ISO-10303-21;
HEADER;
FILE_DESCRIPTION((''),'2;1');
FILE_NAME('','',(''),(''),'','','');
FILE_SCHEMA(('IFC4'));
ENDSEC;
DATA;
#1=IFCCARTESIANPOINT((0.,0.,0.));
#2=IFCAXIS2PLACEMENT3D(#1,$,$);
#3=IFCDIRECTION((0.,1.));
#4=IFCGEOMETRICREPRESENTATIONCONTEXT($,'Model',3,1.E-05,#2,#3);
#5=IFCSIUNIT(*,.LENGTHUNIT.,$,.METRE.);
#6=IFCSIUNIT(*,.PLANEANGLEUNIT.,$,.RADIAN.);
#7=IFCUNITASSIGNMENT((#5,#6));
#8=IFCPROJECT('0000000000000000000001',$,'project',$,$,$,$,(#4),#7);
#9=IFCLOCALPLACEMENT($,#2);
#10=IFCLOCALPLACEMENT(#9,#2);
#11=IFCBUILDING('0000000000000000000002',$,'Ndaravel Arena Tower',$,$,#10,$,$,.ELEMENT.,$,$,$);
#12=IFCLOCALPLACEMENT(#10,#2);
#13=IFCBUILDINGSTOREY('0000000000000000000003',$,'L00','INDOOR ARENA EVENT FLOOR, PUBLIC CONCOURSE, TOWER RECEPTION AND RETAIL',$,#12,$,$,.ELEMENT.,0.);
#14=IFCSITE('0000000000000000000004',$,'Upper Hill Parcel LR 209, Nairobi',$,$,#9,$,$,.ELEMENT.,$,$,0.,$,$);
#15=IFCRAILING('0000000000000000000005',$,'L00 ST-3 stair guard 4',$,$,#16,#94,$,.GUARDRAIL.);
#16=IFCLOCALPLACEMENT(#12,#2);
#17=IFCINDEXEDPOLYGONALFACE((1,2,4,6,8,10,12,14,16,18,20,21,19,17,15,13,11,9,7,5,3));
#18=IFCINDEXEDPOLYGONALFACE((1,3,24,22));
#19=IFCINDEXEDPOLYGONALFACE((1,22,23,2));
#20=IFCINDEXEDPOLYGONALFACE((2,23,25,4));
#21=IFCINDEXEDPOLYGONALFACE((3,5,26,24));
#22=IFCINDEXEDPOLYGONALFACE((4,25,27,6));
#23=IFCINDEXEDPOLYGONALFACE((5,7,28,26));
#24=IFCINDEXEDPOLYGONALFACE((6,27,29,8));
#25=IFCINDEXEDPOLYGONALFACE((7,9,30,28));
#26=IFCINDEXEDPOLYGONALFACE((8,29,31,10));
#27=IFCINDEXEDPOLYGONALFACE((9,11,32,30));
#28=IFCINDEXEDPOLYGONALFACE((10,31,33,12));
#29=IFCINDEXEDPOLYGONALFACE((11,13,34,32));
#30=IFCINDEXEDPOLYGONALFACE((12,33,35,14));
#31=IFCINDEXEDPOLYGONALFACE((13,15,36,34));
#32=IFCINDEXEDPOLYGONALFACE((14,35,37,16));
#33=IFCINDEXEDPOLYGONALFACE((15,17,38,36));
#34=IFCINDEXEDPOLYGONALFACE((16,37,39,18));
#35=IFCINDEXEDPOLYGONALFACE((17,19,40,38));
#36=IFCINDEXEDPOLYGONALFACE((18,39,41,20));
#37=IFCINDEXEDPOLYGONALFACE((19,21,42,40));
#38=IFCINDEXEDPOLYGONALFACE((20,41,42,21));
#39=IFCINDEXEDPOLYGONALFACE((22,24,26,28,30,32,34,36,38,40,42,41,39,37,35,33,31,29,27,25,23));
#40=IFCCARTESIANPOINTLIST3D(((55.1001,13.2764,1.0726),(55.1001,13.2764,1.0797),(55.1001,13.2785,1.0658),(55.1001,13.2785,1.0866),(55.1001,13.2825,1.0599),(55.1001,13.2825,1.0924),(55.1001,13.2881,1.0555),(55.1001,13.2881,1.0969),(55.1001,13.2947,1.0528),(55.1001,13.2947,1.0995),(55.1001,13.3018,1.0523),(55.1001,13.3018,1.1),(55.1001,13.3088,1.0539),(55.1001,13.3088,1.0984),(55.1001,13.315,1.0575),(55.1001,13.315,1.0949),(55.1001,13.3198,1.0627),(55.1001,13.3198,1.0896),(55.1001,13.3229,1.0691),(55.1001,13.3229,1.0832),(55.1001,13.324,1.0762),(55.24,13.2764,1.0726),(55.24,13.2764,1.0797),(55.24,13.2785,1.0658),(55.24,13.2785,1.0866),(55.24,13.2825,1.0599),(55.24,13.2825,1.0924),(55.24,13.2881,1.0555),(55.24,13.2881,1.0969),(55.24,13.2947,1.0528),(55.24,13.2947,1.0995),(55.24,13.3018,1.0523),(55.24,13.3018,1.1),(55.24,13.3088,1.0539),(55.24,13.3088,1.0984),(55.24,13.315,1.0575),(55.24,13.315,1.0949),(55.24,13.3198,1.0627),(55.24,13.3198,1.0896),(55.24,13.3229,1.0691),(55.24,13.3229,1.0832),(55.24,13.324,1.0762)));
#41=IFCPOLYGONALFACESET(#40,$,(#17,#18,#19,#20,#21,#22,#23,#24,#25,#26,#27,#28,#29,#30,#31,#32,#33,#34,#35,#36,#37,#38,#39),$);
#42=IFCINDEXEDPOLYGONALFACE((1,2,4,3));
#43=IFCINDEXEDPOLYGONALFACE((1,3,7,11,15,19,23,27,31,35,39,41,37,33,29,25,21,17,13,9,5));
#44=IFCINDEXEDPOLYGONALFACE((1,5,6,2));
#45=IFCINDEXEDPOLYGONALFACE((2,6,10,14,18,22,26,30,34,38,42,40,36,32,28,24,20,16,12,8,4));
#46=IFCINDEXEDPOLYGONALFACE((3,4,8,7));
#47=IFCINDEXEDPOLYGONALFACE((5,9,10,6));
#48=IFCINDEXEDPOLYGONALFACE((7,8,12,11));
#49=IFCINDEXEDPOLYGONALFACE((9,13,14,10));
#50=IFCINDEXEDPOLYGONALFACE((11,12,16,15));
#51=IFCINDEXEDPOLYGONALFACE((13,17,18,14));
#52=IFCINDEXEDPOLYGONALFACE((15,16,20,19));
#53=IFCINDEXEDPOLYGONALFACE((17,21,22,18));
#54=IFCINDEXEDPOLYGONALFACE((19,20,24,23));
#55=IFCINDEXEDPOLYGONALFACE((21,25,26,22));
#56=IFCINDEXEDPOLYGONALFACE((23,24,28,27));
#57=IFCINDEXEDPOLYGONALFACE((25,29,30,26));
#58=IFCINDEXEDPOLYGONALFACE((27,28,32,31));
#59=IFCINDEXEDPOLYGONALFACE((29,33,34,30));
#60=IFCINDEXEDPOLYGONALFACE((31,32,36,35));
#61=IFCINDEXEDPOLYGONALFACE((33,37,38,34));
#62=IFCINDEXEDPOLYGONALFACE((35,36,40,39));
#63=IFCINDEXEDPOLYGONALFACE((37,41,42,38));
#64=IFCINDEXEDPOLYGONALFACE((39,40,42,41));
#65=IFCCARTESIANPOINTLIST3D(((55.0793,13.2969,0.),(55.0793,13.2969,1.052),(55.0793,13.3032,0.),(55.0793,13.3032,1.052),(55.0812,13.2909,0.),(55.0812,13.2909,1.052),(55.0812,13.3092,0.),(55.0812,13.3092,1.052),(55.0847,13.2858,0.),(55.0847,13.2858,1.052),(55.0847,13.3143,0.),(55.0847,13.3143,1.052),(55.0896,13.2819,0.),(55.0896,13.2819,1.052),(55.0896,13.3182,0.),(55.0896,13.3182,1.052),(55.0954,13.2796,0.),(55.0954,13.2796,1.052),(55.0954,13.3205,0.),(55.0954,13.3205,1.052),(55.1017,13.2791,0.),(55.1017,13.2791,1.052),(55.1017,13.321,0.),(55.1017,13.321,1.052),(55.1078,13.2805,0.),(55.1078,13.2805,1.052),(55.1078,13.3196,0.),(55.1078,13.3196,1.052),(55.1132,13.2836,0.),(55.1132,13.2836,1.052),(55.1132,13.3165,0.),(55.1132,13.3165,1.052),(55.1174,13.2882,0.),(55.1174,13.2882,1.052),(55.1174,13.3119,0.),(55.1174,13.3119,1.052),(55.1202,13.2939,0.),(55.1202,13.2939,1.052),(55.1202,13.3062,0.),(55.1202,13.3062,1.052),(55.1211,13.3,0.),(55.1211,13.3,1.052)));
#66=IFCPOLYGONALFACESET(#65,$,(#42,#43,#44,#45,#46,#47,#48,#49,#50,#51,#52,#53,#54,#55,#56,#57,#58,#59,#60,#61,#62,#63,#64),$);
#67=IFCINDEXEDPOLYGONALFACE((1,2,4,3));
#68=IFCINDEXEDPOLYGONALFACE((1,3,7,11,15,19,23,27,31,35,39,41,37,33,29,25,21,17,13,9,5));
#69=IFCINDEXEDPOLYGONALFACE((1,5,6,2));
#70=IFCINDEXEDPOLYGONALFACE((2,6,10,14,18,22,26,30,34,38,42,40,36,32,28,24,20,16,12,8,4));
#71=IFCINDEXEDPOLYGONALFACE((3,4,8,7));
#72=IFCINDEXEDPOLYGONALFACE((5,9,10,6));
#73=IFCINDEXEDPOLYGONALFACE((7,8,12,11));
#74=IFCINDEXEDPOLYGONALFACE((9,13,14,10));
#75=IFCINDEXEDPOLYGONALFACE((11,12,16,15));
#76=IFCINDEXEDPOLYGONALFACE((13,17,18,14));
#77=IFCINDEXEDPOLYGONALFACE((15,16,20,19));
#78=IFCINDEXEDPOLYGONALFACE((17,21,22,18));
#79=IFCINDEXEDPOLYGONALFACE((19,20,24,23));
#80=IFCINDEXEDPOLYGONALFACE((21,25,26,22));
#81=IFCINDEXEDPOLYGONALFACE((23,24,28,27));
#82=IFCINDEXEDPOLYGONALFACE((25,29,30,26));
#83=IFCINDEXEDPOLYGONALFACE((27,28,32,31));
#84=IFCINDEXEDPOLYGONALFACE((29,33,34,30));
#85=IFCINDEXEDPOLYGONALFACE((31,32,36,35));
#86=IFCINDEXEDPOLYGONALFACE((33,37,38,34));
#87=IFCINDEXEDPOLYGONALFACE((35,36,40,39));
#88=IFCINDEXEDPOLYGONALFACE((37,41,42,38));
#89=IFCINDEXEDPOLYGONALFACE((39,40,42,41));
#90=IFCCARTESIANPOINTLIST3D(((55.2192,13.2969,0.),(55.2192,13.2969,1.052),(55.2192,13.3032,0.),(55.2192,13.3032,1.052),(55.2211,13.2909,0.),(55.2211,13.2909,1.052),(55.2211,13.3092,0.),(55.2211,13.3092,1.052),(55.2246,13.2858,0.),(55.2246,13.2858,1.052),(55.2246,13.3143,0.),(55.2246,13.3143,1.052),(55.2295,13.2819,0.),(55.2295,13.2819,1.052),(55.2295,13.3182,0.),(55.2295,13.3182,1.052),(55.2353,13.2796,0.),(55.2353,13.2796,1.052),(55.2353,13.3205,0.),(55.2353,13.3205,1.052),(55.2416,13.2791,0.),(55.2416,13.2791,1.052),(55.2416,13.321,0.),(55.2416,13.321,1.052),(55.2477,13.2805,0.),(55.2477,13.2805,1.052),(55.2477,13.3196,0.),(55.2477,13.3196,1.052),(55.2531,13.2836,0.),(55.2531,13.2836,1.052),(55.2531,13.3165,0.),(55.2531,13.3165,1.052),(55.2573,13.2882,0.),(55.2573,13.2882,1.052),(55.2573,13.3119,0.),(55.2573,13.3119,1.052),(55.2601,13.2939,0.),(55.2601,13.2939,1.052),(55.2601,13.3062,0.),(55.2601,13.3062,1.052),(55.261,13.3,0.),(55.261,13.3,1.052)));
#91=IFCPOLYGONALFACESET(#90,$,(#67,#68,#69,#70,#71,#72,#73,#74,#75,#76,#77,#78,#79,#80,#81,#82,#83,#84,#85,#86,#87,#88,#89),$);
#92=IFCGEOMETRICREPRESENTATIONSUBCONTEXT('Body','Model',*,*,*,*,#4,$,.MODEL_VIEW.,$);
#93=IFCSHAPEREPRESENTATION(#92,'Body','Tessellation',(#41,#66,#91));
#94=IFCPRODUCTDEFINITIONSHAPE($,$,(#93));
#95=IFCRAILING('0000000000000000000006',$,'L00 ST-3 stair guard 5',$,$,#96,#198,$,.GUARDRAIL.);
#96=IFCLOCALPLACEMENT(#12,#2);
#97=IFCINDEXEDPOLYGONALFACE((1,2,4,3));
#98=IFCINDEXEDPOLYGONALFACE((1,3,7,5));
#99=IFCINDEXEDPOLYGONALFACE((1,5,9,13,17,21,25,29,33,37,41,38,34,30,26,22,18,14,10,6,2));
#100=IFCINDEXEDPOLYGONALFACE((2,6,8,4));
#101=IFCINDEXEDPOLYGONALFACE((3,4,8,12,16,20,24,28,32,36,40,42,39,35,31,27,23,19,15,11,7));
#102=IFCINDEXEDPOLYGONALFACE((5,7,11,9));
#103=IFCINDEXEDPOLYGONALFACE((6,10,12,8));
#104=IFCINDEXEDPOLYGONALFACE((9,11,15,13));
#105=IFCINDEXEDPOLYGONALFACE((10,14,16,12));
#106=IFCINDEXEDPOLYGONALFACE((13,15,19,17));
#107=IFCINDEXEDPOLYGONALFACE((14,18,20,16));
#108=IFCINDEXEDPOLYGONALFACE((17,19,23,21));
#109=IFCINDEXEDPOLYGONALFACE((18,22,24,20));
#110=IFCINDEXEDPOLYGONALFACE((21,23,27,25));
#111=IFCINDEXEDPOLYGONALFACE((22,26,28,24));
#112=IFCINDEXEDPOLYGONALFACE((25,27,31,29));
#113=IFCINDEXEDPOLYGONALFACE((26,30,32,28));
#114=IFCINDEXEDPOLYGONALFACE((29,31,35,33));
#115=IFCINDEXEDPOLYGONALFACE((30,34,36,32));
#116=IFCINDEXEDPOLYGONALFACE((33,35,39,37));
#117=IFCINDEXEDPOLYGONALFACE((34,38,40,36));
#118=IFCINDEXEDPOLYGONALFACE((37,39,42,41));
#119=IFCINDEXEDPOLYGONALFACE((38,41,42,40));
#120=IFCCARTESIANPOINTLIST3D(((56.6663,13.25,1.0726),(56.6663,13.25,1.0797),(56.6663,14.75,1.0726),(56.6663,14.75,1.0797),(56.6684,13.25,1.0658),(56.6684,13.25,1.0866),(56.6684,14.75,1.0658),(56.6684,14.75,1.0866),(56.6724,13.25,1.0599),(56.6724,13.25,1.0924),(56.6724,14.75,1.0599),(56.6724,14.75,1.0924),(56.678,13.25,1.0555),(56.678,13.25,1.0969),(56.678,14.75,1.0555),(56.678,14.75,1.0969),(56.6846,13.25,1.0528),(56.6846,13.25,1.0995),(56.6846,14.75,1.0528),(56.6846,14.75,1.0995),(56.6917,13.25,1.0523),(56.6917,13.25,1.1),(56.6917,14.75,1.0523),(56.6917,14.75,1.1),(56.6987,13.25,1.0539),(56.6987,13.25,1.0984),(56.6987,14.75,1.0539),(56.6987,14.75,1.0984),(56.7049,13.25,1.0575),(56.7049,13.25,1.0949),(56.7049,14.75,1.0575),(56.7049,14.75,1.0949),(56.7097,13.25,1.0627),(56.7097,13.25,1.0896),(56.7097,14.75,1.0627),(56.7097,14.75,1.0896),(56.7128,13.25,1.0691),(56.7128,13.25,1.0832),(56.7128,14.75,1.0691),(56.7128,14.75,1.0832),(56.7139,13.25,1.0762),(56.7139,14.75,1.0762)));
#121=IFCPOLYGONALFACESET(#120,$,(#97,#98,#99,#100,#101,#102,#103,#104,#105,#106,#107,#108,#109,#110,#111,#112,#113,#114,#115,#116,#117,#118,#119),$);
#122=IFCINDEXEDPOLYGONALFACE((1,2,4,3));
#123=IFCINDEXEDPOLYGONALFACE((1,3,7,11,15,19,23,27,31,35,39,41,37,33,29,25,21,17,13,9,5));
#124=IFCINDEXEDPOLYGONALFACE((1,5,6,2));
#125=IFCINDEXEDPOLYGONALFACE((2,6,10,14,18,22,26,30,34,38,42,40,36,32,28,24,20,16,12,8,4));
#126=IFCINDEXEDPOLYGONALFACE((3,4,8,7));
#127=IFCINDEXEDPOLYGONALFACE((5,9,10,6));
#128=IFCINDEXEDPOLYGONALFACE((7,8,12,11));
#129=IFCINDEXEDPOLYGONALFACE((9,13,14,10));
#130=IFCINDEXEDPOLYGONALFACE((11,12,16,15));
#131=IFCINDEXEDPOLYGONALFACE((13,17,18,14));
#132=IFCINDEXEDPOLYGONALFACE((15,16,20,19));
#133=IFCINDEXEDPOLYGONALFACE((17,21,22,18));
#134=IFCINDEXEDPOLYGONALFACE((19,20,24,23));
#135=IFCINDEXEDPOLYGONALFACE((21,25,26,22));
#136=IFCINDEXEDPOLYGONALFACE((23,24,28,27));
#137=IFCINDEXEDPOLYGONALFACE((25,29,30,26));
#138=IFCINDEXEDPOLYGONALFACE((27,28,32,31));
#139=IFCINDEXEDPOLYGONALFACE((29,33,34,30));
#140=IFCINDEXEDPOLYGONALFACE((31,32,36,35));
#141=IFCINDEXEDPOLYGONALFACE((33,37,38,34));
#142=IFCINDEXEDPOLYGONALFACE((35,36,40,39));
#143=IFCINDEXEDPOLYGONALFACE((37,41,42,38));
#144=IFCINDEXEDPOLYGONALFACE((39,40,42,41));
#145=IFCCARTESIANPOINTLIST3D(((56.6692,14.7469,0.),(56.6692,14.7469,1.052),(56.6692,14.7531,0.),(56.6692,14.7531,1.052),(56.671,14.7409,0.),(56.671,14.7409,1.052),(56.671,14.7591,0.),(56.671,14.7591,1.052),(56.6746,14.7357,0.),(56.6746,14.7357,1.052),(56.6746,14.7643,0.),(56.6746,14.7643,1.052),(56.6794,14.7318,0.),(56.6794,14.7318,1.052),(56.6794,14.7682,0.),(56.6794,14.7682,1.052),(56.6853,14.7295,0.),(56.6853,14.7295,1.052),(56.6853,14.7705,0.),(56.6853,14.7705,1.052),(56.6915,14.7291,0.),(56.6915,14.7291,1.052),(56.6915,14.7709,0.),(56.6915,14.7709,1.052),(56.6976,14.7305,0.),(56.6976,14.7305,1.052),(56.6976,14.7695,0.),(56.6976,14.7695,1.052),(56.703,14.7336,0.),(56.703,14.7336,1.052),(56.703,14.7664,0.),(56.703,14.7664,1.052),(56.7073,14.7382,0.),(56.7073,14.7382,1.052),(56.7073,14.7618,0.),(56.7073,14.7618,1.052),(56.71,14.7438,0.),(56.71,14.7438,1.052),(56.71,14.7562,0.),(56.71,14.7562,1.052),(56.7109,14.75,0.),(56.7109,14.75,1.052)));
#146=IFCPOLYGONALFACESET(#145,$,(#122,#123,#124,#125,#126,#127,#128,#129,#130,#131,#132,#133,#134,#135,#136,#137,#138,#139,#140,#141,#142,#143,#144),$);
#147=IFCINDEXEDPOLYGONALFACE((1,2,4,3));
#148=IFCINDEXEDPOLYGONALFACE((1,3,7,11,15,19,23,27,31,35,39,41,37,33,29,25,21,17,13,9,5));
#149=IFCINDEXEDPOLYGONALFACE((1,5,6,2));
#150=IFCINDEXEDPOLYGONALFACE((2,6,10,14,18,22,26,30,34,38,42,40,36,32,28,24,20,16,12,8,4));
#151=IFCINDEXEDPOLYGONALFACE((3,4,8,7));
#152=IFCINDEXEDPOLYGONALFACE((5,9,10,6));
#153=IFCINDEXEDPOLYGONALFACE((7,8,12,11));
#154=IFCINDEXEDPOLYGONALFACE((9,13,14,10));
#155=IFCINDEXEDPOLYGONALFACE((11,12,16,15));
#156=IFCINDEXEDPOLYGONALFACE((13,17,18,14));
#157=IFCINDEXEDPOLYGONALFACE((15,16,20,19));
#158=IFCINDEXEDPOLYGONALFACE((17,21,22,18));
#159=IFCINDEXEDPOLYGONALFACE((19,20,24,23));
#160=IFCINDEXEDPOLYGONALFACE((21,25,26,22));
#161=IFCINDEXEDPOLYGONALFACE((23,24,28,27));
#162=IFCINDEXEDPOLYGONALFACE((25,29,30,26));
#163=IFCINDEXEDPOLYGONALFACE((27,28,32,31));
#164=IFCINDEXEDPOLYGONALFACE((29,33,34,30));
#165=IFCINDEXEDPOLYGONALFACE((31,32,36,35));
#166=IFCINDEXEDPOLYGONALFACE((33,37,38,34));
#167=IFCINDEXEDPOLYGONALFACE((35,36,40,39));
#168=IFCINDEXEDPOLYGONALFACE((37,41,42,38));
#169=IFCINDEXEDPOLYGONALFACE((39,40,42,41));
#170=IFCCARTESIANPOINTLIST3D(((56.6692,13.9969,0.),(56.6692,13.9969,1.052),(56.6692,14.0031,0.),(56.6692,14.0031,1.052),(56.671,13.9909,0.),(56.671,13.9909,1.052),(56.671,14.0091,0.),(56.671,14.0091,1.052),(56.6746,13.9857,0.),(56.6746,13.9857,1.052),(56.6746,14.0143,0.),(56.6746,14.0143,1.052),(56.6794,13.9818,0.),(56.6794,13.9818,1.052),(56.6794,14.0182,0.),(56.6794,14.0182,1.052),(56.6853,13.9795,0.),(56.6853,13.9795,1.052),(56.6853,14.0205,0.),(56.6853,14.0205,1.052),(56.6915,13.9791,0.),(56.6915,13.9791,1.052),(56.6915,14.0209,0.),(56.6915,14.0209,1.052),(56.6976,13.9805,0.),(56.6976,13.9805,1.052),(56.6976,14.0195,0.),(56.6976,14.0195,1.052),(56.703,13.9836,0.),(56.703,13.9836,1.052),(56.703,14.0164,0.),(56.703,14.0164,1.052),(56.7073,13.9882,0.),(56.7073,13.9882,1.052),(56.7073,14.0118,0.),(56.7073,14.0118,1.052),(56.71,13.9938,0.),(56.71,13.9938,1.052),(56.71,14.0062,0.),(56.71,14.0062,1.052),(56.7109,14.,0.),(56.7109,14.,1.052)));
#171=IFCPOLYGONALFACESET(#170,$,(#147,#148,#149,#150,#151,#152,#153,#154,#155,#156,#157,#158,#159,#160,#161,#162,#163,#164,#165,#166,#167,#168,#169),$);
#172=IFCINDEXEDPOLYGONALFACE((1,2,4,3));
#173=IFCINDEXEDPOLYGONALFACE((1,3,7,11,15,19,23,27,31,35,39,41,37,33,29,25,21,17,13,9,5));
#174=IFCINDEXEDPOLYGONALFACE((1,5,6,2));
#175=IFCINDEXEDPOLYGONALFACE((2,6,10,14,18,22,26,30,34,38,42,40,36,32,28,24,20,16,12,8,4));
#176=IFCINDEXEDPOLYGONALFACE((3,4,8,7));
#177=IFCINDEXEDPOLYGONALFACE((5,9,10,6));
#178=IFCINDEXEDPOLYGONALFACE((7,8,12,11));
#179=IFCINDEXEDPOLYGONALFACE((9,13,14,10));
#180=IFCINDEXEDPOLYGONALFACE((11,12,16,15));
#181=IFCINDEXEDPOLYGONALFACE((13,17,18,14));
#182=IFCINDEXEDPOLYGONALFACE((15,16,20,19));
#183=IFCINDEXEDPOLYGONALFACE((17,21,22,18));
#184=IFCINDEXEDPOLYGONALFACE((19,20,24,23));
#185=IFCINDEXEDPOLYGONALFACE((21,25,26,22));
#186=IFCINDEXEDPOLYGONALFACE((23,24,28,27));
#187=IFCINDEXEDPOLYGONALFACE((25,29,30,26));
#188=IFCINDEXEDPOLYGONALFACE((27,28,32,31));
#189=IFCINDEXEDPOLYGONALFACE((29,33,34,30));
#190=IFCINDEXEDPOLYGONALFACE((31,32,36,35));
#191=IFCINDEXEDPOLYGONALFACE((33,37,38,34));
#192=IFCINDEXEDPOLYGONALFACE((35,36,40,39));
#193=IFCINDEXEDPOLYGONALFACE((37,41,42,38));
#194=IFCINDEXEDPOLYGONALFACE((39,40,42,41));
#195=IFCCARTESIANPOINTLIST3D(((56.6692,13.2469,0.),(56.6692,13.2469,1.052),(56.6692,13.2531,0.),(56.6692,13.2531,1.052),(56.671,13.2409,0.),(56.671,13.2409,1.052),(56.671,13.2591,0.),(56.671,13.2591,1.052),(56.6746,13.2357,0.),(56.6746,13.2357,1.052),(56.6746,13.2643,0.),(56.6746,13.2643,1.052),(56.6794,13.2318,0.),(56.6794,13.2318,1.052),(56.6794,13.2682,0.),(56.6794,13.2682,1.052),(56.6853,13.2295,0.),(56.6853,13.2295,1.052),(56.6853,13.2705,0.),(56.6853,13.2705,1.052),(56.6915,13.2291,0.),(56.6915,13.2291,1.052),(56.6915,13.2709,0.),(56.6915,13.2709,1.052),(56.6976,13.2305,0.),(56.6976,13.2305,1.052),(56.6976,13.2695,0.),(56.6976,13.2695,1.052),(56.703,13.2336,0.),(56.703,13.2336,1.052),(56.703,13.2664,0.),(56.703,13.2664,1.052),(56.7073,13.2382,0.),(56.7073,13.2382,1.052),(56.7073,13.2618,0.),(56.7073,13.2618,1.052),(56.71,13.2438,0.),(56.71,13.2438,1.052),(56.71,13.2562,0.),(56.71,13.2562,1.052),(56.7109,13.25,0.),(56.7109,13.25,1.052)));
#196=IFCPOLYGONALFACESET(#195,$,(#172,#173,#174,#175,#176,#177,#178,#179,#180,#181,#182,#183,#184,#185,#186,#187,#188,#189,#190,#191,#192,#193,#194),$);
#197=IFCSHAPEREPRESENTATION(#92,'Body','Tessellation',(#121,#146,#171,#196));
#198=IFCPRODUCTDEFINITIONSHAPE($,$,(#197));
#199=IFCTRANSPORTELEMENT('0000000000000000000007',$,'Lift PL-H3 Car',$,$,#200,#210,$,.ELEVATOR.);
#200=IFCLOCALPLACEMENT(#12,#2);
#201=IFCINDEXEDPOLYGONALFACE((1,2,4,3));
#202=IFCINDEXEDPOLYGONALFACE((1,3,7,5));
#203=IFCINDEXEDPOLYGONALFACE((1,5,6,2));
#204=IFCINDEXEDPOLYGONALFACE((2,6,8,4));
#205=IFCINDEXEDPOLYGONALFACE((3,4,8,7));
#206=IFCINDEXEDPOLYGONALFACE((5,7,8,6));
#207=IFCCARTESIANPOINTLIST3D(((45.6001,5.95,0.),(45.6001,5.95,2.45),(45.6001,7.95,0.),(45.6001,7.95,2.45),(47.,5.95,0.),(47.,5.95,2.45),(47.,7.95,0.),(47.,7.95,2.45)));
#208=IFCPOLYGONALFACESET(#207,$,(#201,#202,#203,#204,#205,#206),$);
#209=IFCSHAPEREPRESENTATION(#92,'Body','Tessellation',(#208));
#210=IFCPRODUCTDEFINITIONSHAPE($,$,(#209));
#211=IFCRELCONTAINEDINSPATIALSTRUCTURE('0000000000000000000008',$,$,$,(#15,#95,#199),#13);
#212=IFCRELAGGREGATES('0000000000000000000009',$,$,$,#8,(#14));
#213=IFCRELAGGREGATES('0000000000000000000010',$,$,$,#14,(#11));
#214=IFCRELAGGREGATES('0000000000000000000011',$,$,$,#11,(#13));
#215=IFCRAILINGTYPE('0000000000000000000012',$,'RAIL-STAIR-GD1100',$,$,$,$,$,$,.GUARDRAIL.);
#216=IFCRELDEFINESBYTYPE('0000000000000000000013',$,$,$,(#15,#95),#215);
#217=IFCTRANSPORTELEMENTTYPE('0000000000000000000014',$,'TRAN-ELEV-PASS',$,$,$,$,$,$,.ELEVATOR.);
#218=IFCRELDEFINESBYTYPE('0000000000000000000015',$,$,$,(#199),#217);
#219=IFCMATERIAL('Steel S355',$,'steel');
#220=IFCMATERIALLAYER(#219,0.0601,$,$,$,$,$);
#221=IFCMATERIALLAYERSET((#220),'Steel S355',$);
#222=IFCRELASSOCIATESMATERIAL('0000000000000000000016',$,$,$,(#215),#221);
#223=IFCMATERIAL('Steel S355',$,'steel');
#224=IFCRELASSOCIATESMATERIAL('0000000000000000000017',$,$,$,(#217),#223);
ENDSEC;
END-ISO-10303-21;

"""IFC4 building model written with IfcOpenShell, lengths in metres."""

from ifc_helpers import new_model, si_unit, direction, frame, origin, origin_2d, place, context, subcontext, project, spatial, rectangle, circle, extrude, material, layer, layer_set, type_object, element, save


model = new_model("IFC4")

# Units and contexts
model_context = context("Model", 3, precision=1e-05, world=origin(), true_north=direction((0.0, 1.0)))
body_context = subcontext(model_context, "Body", "Model", "MODEL_VIEW")
ifc_project = project(units=[si_unit("LENGTHUNIT", "METRE"), si_unit("PLANEANGLEUNIT", "RADIAN")], contexts=[model_context])

# Site, building, storey
site_placement = place(None, origin())
site = spatial("IfcSite", under=ifc_project, at=site_placement, Name="Upper Hill Parcel LR 209, Nairobi", CompositionType="ELEMENT", RefElevation=0.0)
building_placement = place(site_placement, origin())
building = spatial("IfcBuilding", under=site, at=building_placement, Name="Ndaravel Arena Tower", CompositionType="ELEMENT")
storey_placement = place(building_placement, origin())
storey = spatial("IfcBuildingStorey", under=building, at=storey_placement, Name="L00", Description="INDOOR ARENA EVENT FLOOR, PUBLIC CONCOURSE, TOWER RECEPTION AND RETAIL", CompositionType="ELEMENT", Elevation=0.0)

# Railings
ifc_material_1 = material(Name="Steel S355", Category="steel")
ifc_layer_1 = layer(ifc_material_1, 0.0601)
ifc_layer_set_1 = layer_set([ifc_layer_1], Name="Steel S355")
railing_type_1 = type_object("IfcRailingType", Name="RAIL-STAIR-GD1100", PredefinedType="GUARDRAIL", material=ifc_layer_set_1)
railing_1_placement = place(storey_placement, frame((55.1001, 13.3, 0.0)))
element("IfcRailing", 1, at=railing_1_placement, inside=storey, type_object=railing_type_1, Name="L00 ST-3 stair guard 4", PredefinedType="GUARDRAIL", context=body_context, shape_type="SweptSolid", body=[
    extrude(circle(Radius=0.0239, at=origin_2d()), frame((0.0, 0.0, 1.0762), z_axis=(1.0, 0.0, 0.0), x_axis=(0.0, 1.0, 0.0)), (0.0, 0.0, 1.0), 0.1399),
    extrude(circle(Radius=0.021, at=origin_2d()), origin(), (0.0, 0.0, 1.0), 1.052),
    extrude(circle(Radius=0.021, at=origin_2d()), frame((0.1399, 0.0, 0.0)), (0.0, 0.0, 1.0), 1.052),
])
railing_2_placement = place(storey_placement, frame((56.6899, 14.75, 0.0)))
element("IfcRailing", 2, at=railing_2_placement, inside=storey, type_object=railing_type_1, Name="L00 ST-3 stair guard 5", PredefinedType="GUARDRAIL", context=body_context, shape_type="SweptSolid", body=[
    extrude(circle(Radius=0.0239, at=origin_2d()), frame((0.0, 0.0, 1.0762), z_axis=(0.0, -1.0, 0.0), x_axis=(1.0, 0.0, 0.0)), (0.0, 0.0, 1.0), 1.5),
    extrude(circle(Radius=0.021, at=origin_2d()), origin(), (0.0, 0.0, 1.0), 1.052),
    extrude(circle(Radius=0.021, at=origin_2d()), frame((0.0, -0.75, 0.0)), (0.0, 0.0, 1.0), 1.052),
    extrude(circle(Radius=0.021, at=origin_2d()), frame((0.0, -1.5, 0.0)), (0.0, 0.0, 1.0), 1.052),
])

# Transport element
ifc_material_2 = material(Name="Steel S355", Category="steel")
transport_element_type = type_object("IfcTransportElementType", Name="TRAN-ELEV-PASS", PredefinedType="ELEVATOR", material=ifc_material_2)
transport_element_placement = place(storey_placement, frame((46.3, 6.95, 0.0), z_axis=(0.0, 0.0, 1.0), x_axis=(1.0, 0.0, 0.0)))
element("IfcTransportElement", 3, at=transport_element_placement, inside=storey, type_object=transport_element_type, Name="Lift PL-H3 Car", PredefinedType="ELEVATOR", context=body_context, shape_type="SweptSolid", body=[
    extrude(rectangle(XDim=1.3999, YDim=2.0, at=origin_2d()), origin(), (0.0, 0.0, 1.0), 2.45),
])

save(model, "model.ifc")
